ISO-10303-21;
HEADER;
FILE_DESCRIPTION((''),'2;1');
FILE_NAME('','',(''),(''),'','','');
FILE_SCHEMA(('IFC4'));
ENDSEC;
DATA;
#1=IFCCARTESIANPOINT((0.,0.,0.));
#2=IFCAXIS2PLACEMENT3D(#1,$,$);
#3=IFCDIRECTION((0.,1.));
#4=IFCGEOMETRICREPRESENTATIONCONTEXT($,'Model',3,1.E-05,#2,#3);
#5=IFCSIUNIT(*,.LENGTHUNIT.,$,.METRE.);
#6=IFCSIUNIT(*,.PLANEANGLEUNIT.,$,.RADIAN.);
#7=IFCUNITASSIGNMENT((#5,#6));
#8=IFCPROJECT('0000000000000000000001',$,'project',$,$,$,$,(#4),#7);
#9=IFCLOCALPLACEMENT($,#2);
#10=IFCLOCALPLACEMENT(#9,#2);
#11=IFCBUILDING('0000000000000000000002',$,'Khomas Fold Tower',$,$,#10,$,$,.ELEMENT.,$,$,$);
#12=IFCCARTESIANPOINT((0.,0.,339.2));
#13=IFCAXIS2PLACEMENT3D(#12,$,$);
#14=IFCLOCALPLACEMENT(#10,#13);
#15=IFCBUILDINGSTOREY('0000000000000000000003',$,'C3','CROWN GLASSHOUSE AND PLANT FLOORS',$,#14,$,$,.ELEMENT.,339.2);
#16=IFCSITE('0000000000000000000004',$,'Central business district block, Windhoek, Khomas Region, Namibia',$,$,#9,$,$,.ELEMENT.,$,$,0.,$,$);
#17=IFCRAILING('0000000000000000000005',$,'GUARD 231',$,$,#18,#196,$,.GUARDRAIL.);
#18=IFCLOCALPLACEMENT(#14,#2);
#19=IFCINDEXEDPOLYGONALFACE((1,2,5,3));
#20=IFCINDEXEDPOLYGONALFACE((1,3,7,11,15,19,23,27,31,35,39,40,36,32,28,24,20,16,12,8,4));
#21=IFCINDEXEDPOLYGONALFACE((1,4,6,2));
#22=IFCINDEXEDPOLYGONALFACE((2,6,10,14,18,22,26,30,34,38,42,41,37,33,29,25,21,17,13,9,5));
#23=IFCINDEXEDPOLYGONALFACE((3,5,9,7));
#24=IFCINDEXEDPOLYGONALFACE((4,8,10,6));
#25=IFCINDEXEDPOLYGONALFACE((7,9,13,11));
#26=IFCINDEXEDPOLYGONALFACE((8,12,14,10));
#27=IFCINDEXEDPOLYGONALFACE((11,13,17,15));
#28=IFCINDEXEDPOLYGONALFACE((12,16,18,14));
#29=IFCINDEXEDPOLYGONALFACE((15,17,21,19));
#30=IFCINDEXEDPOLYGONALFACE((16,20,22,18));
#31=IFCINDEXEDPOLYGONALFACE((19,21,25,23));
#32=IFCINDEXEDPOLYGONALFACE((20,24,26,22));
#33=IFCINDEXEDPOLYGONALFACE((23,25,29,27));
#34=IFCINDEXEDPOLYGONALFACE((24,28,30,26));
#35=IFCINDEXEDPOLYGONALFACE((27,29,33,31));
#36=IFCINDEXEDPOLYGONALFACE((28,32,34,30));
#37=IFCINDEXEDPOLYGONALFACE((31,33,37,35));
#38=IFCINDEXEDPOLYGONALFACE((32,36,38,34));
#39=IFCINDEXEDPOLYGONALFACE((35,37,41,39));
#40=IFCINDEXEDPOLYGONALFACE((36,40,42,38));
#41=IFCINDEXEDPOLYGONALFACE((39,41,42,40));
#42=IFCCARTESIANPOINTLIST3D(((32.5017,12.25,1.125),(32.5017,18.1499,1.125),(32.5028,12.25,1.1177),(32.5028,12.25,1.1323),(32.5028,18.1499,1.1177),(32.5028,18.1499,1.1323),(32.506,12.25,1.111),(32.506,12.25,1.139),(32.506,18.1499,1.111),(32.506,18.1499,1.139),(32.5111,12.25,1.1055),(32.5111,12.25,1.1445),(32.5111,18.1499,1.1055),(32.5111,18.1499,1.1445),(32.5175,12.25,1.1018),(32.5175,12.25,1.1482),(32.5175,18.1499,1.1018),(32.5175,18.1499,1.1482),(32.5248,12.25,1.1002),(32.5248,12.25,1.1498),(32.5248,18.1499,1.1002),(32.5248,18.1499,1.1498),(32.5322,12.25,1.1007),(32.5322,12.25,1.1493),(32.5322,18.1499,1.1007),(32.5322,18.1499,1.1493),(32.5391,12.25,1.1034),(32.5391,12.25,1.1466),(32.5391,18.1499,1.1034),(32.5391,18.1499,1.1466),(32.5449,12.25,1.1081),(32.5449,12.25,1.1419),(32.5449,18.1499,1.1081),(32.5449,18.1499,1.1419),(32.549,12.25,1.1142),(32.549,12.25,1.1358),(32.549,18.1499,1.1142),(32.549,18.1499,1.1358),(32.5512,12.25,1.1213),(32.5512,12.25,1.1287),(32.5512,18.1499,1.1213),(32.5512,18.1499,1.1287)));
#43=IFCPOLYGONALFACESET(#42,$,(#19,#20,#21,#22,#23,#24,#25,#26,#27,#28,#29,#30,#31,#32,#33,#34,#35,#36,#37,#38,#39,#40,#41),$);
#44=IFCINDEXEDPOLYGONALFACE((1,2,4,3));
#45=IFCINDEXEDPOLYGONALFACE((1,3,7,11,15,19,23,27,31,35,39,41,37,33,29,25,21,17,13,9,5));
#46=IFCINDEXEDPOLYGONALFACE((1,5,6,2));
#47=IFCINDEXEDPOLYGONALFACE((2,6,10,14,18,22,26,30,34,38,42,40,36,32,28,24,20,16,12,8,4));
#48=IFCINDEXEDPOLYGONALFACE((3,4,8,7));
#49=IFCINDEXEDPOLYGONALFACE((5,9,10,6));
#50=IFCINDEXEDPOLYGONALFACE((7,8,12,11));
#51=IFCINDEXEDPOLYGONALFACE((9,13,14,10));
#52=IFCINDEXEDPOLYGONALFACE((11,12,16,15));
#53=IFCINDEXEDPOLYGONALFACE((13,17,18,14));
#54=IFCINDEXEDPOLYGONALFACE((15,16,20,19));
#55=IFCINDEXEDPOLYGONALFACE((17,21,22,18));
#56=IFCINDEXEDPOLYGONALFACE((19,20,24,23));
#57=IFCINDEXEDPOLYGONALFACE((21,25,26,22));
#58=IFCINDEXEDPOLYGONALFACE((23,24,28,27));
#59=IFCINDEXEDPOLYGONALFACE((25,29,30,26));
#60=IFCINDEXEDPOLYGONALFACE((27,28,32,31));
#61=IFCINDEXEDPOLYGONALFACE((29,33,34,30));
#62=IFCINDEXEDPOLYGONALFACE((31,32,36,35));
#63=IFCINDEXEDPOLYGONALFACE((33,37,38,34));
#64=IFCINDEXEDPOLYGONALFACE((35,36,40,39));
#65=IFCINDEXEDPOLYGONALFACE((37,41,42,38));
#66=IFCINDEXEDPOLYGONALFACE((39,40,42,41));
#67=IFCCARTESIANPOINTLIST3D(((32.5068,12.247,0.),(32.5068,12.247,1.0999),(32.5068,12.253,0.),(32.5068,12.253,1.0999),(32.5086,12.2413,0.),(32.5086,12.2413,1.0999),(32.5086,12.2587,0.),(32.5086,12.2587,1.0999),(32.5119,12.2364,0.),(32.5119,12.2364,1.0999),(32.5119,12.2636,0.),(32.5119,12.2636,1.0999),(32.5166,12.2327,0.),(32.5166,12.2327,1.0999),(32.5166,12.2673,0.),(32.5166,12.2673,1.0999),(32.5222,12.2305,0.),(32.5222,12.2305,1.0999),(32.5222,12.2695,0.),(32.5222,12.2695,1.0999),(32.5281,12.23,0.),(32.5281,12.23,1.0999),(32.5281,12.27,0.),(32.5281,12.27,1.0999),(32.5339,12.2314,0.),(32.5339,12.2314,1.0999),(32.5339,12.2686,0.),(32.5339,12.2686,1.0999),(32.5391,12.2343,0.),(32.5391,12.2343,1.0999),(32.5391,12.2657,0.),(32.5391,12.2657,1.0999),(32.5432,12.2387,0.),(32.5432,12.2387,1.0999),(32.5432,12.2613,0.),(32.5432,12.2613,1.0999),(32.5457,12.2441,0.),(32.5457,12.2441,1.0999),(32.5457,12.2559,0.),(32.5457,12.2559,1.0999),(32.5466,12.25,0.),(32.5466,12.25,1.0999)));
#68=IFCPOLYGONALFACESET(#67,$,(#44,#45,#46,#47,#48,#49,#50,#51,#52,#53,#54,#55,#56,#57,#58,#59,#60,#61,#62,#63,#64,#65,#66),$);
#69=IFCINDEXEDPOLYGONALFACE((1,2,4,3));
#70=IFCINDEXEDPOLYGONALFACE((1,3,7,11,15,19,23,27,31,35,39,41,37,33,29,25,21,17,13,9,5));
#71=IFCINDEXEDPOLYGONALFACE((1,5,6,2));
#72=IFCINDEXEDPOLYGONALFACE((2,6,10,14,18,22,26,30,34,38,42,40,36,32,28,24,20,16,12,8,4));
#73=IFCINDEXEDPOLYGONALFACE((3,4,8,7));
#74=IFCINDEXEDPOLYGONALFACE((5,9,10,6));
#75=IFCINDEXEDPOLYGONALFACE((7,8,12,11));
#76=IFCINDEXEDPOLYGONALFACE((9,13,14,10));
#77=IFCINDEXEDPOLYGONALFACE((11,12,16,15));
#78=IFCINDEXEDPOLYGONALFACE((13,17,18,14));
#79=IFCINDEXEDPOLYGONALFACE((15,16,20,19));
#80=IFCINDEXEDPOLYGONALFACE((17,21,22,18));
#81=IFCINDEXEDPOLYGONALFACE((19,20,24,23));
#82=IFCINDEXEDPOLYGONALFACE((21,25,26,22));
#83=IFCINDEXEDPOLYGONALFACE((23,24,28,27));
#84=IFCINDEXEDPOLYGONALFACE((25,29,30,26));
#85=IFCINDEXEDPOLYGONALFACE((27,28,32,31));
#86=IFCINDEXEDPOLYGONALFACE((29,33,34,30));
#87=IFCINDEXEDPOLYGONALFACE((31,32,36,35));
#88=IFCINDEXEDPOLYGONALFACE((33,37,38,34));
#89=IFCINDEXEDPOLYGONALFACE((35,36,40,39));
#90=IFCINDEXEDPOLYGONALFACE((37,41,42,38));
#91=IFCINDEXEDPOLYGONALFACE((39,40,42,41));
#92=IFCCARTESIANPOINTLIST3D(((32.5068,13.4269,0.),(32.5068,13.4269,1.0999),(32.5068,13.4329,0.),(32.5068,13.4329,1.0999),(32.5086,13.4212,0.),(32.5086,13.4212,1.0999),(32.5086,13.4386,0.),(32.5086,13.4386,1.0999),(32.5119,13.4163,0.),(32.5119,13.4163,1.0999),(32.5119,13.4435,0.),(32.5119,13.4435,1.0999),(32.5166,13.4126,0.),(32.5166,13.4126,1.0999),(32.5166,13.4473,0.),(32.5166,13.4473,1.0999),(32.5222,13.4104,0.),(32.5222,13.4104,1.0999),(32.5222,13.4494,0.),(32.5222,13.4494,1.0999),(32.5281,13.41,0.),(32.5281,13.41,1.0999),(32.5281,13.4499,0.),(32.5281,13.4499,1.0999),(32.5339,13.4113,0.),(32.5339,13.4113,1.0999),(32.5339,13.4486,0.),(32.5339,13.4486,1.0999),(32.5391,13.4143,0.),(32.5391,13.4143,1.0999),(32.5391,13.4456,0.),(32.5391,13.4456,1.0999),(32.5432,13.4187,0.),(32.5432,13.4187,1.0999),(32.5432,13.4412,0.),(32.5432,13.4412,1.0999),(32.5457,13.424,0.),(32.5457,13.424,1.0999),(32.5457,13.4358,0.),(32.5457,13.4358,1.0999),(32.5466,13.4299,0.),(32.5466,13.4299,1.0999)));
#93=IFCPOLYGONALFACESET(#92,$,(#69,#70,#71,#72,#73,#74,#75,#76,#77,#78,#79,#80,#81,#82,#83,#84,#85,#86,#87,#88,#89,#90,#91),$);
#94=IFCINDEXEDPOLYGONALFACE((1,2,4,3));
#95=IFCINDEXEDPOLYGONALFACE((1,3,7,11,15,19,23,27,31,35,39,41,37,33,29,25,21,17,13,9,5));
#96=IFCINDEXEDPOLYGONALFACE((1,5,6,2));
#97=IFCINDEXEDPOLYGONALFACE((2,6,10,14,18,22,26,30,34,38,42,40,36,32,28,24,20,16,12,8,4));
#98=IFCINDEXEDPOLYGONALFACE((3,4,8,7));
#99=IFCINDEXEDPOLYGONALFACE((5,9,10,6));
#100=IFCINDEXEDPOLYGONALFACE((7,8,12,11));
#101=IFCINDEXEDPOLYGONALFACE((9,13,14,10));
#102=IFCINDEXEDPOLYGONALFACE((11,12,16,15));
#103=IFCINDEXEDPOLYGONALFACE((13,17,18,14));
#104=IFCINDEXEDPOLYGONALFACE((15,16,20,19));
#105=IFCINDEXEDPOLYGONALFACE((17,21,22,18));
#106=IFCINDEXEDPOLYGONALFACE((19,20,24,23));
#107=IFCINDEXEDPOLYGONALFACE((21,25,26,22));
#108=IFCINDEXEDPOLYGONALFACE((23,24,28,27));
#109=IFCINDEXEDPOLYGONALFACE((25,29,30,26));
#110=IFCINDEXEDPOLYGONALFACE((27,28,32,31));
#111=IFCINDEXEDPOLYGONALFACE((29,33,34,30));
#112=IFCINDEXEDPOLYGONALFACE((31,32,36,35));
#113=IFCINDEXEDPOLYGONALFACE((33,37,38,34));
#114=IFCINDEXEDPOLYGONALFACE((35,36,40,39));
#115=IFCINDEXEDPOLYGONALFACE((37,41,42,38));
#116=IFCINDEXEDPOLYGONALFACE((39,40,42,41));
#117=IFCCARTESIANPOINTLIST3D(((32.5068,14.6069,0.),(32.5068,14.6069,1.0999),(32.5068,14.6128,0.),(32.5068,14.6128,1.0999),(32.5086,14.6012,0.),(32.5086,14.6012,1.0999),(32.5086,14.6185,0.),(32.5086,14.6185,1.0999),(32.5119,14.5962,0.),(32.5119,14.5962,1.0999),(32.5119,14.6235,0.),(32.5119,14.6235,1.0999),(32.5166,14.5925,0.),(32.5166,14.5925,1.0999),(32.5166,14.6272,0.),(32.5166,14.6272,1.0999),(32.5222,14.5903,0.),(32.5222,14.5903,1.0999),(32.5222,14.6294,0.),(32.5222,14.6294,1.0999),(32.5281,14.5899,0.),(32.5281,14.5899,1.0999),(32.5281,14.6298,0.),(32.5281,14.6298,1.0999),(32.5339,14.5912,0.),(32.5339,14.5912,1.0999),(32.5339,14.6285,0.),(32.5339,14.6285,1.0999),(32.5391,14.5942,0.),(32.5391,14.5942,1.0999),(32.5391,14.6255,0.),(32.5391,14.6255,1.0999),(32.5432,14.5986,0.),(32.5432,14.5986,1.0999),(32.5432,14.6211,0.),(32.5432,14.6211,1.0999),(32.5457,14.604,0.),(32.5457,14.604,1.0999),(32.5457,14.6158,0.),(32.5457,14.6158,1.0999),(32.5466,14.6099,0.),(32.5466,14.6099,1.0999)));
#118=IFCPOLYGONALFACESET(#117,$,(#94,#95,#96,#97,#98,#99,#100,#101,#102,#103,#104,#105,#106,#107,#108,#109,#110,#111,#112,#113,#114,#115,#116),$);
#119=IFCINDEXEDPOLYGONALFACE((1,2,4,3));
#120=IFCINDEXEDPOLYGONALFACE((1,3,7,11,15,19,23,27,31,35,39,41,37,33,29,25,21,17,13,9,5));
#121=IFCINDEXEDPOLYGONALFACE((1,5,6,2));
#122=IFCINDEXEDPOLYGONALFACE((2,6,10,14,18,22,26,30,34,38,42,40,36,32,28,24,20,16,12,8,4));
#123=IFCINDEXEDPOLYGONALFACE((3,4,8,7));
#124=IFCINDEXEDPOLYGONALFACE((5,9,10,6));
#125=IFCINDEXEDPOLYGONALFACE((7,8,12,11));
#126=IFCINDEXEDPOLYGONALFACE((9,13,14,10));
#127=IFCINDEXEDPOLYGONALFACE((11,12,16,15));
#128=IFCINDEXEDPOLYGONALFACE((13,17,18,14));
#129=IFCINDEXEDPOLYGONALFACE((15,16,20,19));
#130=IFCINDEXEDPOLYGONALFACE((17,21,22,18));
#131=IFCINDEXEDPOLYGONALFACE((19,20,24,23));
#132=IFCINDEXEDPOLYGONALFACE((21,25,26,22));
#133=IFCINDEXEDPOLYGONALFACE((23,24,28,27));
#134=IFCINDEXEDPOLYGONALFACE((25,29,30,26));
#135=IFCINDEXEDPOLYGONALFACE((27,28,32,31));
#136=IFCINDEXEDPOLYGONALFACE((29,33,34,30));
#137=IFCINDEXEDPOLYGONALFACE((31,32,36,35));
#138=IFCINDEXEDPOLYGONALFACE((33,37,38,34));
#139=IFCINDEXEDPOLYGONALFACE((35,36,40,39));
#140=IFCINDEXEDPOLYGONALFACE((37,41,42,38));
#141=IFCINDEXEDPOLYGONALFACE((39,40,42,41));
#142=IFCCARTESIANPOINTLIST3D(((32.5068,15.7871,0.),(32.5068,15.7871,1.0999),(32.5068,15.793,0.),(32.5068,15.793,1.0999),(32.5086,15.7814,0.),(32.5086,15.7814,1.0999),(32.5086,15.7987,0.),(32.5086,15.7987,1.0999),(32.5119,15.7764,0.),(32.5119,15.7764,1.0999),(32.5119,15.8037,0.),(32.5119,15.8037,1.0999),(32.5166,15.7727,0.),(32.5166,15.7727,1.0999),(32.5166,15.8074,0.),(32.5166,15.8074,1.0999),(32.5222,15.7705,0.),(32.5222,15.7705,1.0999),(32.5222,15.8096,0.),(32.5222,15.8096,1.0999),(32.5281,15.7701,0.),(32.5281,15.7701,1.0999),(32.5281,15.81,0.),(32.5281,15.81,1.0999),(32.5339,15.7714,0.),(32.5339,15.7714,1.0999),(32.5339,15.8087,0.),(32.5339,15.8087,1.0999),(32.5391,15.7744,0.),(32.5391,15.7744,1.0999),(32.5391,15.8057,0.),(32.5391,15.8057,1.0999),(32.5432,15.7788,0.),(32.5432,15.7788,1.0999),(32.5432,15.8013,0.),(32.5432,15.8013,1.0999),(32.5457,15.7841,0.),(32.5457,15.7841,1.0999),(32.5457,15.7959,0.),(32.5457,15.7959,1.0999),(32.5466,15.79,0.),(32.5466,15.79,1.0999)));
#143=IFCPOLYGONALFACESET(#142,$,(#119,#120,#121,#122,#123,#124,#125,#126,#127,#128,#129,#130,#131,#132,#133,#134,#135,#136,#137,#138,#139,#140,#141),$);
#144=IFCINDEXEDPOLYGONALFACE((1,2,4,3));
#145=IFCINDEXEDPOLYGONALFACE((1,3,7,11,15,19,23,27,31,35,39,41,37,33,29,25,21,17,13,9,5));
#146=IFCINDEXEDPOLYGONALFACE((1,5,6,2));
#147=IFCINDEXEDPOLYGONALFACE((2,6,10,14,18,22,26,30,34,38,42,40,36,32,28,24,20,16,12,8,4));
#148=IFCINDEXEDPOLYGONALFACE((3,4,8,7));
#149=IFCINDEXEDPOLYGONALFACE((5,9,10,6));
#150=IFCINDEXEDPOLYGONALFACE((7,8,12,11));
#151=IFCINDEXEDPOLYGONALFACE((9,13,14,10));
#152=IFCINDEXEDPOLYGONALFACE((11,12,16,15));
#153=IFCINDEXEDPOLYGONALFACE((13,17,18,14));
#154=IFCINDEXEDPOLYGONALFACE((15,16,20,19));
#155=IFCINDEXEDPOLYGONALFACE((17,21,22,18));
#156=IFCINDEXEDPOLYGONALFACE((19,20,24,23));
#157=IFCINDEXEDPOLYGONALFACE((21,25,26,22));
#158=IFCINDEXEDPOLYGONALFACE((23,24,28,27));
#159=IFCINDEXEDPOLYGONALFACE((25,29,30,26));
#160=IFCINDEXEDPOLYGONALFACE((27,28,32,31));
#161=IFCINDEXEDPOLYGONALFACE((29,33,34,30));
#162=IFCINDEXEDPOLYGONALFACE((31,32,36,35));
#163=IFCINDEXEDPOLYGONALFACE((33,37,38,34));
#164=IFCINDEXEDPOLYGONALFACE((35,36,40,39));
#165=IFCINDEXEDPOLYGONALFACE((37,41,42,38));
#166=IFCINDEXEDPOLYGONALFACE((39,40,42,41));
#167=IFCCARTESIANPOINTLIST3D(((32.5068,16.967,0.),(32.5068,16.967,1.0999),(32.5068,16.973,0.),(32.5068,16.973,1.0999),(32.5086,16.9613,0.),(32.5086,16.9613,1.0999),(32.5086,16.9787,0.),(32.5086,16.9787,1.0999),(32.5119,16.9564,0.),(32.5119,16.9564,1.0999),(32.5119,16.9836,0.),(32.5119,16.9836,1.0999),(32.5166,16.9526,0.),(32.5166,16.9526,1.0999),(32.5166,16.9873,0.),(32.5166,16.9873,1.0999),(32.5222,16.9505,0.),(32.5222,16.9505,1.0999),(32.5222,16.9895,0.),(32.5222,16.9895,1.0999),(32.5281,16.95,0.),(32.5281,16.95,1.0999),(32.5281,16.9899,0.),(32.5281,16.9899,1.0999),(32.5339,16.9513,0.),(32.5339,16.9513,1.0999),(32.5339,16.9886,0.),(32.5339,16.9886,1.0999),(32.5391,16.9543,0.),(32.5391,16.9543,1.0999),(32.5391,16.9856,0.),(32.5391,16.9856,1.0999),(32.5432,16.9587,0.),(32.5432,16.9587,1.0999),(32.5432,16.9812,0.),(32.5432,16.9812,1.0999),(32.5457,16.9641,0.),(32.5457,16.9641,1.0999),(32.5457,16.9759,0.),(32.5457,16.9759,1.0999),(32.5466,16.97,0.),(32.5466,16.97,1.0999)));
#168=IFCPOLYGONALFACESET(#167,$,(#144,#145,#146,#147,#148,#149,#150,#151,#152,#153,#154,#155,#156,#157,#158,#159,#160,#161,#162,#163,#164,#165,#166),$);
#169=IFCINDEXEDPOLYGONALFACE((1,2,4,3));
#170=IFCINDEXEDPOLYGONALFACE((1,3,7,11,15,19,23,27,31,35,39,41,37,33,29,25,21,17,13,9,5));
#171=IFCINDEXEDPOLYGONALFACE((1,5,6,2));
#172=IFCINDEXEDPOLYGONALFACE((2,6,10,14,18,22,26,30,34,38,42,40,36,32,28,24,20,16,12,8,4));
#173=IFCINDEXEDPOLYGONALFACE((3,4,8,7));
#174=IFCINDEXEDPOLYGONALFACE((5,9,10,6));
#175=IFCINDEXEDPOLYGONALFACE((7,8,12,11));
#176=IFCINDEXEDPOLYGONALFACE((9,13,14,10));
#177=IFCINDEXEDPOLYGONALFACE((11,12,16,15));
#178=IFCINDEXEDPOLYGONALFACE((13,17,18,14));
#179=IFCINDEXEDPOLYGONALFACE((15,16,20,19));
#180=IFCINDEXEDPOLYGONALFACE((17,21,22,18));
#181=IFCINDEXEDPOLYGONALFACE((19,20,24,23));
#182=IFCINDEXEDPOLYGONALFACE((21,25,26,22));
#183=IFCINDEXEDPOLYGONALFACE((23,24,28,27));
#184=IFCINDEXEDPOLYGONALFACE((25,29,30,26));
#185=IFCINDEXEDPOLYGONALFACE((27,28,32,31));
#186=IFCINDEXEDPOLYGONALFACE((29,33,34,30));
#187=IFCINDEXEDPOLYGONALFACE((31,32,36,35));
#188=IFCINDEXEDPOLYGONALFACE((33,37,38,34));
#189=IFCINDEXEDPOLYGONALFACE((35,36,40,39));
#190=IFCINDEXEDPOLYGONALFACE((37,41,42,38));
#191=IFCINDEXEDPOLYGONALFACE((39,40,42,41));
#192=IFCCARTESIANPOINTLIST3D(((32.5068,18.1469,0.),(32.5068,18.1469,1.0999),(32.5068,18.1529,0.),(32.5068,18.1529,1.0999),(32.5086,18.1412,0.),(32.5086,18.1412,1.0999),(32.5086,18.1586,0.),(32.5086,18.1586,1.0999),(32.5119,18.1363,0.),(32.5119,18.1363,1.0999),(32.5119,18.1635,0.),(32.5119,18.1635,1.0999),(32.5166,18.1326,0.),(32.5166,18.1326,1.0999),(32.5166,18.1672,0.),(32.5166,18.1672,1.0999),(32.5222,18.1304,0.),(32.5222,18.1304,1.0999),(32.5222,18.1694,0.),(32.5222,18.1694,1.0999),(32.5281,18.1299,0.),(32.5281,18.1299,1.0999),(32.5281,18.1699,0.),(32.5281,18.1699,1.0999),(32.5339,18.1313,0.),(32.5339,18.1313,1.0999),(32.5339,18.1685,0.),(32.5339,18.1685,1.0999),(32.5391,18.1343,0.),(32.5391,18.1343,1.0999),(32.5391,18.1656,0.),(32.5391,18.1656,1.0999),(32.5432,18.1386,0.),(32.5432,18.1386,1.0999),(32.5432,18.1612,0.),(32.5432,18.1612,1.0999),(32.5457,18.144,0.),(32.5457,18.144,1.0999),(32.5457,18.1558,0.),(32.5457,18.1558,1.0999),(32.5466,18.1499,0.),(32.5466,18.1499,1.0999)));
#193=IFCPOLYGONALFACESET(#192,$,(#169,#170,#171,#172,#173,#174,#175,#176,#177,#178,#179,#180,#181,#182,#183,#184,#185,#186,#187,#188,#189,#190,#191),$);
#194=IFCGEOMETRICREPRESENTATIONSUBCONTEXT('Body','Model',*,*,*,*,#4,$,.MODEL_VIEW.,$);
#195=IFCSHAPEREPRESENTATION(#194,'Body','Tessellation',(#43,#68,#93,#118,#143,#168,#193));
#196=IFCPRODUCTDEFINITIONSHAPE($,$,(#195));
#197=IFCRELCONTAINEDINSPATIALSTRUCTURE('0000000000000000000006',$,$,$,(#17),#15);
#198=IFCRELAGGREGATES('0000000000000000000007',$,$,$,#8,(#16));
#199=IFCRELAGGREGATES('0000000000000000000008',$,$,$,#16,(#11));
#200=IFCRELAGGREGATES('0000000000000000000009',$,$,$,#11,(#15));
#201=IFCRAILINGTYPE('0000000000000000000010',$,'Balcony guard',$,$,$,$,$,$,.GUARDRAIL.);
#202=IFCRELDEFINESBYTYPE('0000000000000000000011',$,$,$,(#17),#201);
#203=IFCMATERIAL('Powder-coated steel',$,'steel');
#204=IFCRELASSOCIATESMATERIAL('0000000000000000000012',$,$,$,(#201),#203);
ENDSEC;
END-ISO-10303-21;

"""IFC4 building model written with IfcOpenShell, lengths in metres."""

from ifc_helpers import new_model, si_unit, direction, frame, origin, origin_2d, place, context, subcontext, project, spatial, circle, extrude, source, transform, mapped, material, type_object, element, save


model = new_model("IFC4")

# Units and contexts
model_context = context("Model", 3, precision=1e-05, world=origin(), true_north=direction((0.0, 1.0)))
body_context = subcontext(model_context, "Body", "Model", "MODEL_VIEW")
ifc_project = project(units=[si_unit("LENGTHUNIT", "METRE"), si_unit("PLANEANGLEUNIT", "RADIAN")], contexts=[model_context])

# Site, building, storey
site_placement = place(None, origin())
site = spatial("IfcSite", under=ifc_project, at=site_placement, Name="Central business district block, Windhoek, Khomas Region, Namibia", CompositionType="ELEMENT", RefElevation=0.0)
building_placement = place(site_placement, origin())
building = spatial("IfcBuilding", under=site, at=building_placement, Name="Khomas Fold Tower", CompositionType="ELEMENT")
storey_placement = place(building_placement, frame((0.0, 0.0, 339.2)))
storey = spatial("IfcBuildingStorey", under=building, at=storey_placement, Name="C3", Description="CROWN GLASSHOUSE AND PLANT FLOORS", CompositionType="ELEMENT", Elevation=339.2)

# Railing
ifc_material_1 = material(Name="Powder-coated steel", Category="steel")
railing_type = type_object("IfcRailingType", Name="Balcony guard", PredefinedType="GUARDRAIL", material=ifc_material_1)
shared_shape_1 = source(origin(), body_context, "Body", "SweptSolid", [
    extrude(circle(Radius=0.0249, at=origin_2d()), frame((0.0, 0.0, 1.125), z_axis=(0.0, 1.0, 0.0), x_axis=(-1.0, 0.0, 0.0)), (0.0, 0.0, 1.0), 5.8999),
    extrude(circle(Radius=0.02, at=origin_2d()), origin(), (0.0, 0.0, 1.0), 1.0999),
    extrude(circle(Radius=0.02, at=origin_2d()), frame((0.0, 1.1799, 0.0)), (0.0, 0.0, 1.0), 1.0999),
    extrude(circle(Radius=0.02, at=origin_2d()), frame((0.0, 2.3599, 0.0)), (0.0, 0.0, 1.0), 1.0999),
    extrude(circle(Radius=0.02, at=origin_2d()), frame((0.0, 3.54, 0.0)), (0.0, 0.0, 1.0), 1.0999),
    extrude(circle(Radius=0.02, at=origin_2d()), frame((0.0, 4.72, 0.0)), (0.0, 0.0, 1.0), 1.0999),
    extrude(circle(Radius=0.02, at=origin_2d()), frame((0.0, 5.8999, 0.0)), (0.0, 0.0, 1.0), 1.0999),
])
for number, where, name in (
    (1, (32.5266, 12.25, 0.0), "GUARD 231"),
):
    element("IfcRailing", number, at=place(storey_placement, frame(where)), inside=storey, type_object=railing_type, Name=name, PredefinedType="GUARDRAIL", context=body_context, shape_type="MappedRepresentation", body=[
        mapped(shared_shape_1, transform((0.0, 0.0, 0.0))),
    ])

save(model, "model.ifc")
